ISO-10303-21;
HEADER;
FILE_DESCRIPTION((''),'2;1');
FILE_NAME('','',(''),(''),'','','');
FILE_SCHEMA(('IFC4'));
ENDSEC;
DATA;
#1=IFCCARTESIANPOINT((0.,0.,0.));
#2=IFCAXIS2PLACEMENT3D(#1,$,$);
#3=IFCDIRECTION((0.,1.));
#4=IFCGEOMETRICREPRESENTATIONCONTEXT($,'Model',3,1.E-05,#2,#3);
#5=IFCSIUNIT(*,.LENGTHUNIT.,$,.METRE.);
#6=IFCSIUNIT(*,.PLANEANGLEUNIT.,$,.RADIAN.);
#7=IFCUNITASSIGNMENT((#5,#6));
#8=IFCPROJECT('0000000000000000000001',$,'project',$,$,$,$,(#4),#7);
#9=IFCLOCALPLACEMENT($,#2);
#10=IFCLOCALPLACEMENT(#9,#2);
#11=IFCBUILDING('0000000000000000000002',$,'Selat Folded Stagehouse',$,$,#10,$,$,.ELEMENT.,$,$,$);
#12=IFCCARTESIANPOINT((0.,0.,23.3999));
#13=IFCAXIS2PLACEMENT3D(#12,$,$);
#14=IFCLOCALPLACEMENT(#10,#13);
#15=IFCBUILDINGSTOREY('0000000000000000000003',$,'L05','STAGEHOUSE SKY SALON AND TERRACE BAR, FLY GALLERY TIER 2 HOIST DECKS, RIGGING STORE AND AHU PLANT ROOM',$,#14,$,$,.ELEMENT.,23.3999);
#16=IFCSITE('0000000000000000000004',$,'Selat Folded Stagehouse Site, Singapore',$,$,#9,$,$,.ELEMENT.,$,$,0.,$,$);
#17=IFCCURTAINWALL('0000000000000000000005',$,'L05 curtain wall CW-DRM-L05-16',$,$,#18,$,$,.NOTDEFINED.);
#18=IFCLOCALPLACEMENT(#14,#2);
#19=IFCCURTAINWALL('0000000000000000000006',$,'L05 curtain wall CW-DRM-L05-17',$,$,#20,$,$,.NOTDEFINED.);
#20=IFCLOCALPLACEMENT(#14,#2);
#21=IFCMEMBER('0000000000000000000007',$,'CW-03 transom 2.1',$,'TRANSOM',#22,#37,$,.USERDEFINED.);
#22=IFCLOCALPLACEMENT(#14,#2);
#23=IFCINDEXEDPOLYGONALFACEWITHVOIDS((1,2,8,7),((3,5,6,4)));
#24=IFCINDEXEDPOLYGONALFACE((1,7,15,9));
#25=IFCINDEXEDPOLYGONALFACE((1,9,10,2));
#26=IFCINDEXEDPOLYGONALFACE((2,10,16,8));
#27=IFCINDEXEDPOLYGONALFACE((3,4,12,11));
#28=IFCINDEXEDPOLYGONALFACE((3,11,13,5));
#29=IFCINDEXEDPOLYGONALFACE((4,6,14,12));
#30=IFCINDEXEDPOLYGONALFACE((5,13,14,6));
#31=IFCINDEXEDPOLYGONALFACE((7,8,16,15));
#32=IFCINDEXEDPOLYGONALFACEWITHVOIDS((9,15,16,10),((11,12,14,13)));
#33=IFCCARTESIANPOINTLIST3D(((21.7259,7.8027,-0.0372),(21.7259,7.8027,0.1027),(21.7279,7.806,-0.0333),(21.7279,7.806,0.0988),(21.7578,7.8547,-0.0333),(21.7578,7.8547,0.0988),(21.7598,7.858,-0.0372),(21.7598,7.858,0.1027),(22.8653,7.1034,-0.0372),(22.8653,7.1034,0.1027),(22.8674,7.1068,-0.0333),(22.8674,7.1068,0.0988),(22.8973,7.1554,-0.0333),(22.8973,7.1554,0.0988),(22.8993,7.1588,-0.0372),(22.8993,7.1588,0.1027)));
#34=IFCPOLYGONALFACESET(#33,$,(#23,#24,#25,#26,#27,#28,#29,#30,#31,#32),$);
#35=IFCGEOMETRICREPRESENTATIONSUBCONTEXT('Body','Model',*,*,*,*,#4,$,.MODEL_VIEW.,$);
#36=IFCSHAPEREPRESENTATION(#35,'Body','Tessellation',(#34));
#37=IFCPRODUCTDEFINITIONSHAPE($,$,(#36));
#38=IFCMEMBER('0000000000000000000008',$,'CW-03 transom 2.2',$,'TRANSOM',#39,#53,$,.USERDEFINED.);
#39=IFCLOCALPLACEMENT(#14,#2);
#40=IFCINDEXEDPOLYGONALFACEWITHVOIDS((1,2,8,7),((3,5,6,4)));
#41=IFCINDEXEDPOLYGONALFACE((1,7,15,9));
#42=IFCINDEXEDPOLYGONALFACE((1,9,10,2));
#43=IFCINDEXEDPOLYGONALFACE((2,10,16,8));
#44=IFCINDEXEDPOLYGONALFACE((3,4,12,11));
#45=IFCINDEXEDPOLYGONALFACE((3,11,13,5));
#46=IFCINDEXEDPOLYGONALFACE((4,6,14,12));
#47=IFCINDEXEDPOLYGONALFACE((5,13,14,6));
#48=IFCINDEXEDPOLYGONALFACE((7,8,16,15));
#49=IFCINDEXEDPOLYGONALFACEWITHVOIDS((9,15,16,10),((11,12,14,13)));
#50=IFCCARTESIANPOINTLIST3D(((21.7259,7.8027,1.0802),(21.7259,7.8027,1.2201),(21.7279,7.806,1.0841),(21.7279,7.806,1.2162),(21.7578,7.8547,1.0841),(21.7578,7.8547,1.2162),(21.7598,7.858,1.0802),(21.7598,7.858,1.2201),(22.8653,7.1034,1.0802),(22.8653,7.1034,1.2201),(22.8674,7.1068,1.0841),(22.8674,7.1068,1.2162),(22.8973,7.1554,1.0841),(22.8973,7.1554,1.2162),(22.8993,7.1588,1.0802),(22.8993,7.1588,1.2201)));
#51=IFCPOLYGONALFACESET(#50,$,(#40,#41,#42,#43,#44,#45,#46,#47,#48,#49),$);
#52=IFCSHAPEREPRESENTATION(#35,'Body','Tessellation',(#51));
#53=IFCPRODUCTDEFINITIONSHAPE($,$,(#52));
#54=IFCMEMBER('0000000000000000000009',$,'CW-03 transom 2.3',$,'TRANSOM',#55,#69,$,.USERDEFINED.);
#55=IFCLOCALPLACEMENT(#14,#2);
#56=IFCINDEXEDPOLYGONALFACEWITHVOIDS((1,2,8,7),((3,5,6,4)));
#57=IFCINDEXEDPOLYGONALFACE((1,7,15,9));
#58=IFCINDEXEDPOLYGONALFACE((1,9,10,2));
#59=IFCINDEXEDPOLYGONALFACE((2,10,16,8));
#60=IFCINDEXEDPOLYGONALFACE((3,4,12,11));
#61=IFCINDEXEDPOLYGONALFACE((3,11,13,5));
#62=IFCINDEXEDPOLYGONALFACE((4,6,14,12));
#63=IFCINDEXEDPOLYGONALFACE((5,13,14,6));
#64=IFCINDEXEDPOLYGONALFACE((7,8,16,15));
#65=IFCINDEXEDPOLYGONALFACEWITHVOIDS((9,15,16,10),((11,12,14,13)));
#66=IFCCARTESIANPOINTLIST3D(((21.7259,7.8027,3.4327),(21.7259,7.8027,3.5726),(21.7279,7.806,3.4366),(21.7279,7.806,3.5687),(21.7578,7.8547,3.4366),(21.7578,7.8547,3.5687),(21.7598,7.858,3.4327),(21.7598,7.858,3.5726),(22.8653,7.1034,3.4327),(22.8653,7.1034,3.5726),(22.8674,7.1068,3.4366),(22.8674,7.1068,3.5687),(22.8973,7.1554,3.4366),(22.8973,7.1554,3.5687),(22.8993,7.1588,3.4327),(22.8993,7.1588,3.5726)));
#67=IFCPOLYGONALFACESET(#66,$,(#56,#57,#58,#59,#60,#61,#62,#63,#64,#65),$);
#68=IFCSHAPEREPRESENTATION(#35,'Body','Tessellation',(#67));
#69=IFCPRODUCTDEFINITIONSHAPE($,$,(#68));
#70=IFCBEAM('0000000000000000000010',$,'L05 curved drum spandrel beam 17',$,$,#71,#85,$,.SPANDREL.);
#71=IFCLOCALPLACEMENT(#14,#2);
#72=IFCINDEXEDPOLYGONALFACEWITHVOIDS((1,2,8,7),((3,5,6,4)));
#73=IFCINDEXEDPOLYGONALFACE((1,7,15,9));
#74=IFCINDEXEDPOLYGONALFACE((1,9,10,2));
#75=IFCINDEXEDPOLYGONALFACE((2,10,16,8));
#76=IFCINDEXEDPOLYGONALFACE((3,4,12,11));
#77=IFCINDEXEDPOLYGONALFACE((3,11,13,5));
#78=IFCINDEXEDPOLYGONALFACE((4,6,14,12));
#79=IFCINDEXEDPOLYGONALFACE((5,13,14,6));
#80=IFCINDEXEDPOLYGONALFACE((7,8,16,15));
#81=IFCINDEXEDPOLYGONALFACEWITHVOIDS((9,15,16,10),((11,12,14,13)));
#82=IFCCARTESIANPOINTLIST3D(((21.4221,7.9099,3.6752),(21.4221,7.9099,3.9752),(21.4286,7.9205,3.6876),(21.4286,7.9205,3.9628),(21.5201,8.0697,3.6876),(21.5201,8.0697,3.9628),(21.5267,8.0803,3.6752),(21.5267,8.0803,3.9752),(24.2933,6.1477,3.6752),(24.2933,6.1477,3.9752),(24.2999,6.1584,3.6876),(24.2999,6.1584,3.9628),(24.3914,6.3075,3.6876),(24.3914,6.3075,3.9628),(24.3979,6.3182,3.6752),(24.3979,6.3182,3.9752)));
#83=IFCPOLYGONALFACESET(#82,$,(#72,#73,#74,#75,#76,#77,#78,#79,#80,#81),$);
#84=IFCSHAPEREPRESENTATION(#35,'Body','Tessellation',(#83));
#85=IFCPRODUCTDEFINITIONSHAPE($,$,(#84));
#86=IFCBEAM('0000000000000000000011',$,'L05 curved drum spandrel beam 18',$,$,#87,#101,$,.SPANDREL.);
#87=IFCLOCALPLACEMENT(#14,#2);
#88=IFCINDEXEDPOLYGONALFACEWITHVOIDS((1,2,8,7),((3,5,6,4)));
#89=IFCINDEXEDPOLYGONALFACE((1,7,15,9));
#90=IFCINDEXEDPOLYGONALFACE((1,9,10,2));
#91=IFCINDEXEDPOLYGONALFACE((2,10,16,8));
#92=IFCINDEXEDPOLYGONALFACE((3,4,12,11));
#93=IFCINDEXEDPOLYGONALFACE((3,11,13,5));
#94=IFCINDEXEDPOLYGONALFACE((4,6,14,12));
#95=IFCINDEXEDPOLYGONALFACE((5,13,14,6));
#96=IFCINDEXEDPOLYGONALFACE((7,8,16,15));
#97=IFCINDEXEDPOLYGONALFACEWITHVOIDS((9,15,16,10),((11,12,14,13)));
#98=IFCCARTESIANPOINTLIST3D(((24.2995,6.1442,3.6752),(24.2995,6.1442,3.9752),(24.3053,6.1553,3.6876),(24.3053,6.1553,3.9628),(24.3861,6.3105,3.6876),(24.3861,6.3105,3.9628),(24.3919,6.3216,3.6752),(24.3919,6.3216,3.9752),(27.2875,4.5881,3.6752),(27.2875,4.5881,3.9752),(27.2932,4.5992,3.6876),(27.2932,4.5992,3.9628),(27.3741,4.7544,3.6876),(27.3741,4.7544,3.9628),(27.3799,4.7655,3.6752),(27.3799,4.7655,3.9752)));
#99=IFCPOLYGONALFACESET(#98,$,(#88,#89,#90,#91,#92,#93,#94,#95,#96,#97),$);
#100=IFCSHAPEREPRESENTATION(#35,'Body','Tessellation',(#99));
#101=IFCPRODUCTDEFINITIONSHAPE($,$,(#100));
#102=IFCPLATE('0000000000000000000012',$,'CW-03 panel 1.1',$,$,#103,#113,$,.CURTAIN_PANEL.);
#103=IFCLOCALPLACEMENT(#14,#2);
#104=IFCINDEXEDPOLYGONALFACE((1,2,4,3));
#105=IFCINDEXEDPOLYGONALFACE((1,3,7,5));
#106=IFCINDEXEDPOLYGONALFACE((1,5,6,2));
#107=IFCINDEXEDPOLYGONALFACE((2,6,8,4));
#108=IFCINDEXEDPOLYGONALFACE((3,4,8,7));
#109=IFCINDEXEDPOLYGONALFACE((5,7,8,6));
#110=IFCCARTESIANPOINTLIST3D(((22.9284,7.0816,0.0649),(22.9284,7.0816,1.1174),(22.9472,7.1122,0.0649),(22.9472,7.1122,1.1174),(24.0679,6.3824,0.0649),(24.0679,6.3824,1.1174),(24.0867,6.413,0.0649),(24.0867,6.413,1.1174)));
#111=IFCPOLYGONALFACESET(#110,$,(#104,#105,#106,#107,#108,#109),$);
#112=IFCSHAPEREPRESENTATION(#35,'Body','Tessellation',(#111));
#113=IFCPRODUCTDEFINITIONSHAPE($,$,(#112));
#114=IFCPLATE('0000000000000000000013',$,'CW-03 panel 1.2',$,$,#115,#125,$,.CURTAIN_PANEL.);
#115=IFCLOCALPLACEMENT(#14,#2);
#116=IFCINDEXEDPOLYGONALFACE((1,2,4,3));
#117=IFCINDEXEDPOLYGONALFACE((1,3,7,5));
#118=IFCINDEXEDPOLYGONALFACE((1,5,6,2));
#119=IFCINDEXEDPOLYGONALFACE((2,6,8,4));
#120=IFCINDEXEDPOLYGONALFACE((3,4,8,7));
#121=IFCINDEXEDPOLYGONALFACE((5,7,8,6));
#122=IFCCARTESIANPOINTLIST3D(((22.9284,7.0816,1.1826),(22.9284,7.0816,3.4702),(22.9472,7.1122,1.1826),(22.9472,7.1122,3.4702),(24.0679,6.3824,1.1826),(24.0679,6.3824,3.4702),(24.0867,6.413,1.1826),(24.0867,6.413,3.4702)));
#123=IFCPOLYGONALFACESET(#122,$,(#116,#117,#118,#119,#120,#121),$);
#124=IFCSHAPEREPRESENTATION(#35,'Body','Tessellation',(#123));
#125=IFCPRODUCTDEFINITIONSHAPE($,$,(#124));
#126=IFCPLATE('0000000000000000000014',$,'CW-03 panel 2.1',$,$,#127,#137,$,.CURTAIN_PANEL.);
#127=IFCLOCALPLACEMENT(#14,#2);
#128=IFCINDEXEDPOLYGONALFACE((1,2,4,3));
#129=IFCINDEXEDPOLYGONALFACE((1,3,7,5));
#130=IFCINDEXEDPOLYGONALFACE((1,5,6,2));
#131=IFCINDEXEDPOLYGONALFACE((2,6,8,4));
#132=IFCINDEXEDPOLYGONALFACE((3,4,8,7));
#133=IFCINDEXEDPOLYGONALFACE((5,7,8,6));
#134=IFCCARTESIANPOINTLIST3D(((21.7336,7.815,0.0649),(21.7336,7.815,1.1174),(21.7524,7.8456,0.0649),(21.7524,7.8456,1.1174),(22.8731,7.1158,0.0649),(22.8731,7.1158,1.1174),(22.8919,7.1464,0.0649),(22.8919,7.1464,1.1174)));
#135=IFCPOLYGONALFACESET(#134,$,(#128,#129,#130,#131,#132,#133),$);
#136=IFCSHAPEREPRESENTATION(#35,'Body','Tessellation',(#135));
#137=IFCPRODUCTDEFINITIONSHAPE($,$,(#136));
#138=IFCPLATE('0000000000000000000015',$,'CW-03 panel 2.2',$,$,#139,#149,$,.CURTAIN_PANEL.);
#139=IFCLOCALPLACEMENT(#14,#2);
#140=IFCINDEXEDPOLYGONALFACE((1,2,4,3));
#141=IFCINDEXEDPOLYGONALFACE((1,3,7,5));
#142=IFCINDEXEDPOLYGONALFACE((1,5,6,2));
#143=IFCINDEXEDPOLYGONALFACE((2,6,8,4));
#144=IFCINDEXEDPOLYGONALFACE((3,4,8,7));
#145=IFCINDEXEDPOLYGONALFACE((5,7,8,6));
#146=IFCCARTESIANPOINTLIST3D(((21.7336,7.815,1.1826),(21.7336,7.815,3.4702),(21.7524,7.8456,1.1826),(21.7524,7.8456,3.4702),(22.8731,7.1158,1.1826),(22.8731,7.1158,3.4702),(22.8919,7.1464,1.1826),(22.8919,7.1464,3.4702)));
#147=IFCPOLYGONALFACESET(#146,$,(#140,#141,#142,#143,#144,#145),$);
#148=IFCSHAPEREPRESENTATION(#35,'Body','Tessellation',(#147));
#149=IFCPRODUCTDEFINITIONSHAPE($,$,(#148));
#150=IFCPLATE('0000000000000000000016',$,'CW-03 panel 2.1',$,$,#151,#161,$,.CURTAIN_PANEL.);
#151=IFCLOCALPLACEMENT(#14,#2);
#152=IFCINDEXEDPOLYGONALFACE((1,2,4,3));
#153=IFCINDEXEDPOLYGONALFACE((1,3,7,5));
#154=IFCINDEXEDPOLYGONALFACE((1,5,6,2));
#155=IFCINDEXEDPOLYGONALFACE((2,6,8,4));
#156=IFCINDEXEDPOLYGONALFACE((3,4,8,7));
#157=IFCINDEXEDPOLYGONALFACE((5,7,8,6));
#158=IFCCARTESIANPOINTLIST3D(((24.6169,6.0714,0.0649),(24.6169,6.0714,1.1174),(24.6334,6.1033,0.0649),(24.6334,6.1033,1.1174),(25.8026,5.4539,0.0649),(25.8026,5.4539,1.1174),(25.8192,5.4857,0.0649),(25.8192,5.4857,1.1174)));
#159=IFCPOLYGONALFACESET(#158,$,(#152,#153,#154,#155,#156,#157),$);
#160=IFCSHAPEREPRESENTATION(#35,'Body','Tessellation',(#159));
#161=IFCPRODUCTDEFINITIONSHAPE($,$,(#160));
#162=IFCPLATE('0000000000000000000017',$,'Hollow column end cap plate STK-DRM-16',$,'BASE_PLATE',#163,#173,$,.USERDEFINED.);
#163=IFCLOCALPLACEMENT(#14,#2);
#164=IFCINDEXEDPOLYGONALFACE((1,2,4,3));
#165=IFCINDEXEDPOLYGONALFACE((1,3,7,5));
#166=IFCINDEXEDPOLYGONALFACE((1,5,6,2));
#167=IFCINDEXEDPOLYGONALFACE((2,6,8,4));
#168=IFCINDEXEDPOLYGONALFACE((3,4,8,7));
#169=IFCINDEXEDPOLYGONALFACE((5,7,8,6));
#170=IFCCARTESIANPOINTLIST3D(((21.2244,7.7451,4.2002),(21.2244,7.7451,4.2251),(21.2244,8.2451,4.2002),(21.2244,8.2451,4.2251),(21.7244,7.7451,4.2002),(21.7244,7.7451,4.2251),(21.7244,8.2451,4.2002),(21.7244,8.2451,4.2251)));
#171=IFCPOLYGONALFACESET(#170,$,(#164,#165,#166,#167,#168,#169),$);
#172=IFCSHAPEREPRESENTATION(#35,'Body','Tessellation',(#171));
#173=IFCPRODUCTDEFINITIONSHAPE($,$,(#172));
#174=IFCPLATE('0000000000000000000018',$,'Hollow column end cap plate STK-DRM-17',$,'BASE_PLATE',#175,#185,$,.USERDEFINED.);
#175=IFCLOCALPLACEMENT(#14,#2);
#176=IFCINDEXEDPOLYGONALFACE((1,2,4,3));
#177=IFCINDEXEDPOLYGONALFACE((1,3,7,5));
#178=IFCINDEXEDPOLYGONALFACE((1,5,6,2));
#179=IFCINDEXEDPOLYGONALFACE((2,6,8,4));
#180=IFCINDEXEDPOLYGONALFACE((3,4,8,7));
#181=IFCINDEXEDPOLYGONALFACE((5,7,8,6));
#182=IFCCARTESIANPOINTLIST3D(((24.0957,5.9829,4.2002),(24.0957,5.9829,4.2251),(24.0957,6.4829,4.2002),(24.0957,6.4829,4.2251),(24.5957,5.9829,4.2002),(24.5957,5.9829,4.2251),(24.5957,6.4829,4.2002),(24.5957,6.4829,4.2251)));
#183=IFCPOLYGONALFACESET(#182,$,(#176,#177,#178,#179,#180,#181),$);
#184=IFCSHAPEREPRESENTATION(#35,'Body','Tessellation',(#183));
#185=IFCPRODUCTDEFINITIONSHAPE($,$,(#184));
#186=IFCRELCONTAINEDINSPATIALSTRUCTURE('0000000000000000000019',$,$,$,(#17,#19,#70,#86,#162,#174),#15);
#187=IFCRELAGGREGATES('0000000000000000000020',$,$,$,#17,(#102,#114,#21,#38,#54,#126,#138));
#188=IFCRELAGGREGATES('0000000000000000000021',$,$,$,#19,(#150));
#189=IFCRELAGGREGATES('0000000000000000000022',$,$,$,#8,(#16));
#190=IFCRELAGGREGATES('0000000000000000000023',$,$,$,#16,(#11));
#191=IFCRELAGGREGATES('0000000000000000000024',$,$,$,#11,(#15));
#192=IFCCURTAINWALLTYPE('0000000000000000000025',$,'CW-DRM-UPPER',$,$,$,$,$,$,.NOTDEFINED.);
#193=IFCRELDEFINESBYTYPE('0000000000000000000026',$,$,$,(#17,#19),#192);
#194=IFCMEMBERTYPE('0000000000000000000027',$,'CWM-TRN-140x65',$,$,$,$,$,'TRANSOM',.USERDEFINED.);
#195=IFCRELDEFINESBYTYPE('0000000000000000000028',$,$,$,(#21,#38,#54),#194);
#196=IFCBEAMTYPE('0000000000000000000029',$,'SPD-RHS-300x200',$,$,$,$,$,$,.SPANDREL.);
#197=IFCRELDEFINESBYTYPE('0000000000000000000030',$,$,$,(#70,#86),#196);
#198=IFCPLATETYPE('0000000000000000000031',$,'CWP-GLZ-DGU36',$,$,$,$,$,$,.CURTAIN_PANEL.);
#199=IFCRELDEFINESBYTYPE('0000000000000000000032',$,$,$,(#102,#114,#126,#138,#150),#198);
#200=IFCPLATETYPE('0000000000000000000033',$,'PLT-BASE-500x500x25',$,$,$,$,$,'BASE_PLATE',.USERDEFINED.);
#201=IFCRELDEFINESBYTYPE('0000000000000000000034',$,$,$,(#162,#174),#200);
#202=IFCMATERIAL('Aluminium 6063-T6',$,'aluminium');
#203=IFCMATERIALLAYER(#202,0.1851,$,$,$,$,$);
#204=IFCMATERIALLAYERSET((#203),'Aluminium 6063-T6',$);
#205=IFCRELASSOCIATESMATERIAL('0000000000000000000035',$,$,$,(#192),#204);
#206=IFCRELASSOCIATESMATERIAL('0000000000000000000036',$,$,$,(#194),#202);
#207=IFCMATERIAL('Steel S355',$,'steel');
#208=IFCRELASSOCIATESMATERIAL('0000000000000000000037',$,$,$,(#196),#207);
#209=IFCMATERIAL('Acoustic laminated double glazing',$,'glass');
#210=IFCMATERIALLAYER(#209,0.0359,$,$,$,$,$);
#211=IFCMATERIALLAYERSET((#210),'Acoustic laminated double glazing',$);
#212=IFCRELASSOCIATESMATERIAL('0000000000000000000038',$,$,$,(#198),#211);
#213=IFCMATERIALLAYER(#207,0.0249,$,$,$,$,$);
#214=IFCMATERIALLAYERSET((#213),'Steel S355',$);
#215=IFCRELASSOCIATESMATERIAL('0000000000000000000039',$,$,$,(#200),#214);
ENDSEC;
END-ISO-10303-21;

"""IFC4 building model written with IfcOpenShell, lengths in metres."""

from ifc_helpers import new_model, si_unit, direction, frame, origin, origin_2d, place, context, subcontext, project, spatial, rectangle, hollow_rectangle, extrude, material, layer, layer_set, material_profile, profile_set, type_object, element, aggregate, save


model = new_model("IFC4")

# Units and contexts
model_context = context("Model", 3, precision=1e-05, world=origin(), true_north=direction((0.0, 1.0)))
body_context = subcontext(model_context, "Body", "Model", "MODEL_VIEW")
ifc_project = project(units=[si_unit("LENGTHUNIT", "METRE"), si_unit("PLANEANGLEUNIT", "RADIAN")], contexts=[model_context])

# Site, building, storey
site_placement = place(None, origin())
site = spatial("IfcSite", under=ifc_project, at=site_placement, Name="Selat Folded Stagehouse Site, Singapore", CompositionType="ELEMENT", RefElevation=0.0)
building_placement = place(site_placement, origin())
building = spatial("IfcBuilding", under=site, at=building_placement, Name="Selat Folded Stagehouse", CompositionType="ELEMENT")
storey_placement = place(building_placement, frame((0.0, 0.0, 23.3999)))
storey = spatial("IfcBuildingStorey", under=building, at=storey_placement, Name="L05", Description="STAGEHOUSE SKY SALON AND TERRACE BAR, FLY GALLERY TIER 2 HOIST DECKS, RIGGING STORE AND AHU PLANT ROOM", CompositionType="ELEMENT", Elevation=23.3999)

# Shared definitions
ifc_material_1 = material(Name="Steel S355", Category="steel")

# Curtain wall
ifc_material_2 = material(Name="Aluminium 6063-T6", Category="aluminium")
ifc_layer_1 = layer(ifc_material_2, 0.1851)
ifc_layer_set_1 = layer_set([ifc_layer_1], Name="Aluminium 6063-T6")
curtain_wall_type = type_object("IfcCurtainWallType", Name="CW-DRM-UPPER", PredefinedType="NOTDEFINED", material=ifc_layer_set_1)
curtain_wall_1_placement = place(storey_placement, origin())
curtain_wall_1 = element("IfcCurtainWall", 1, at=curtain_wall_1_placement, inside=storey, type_object=curtain_wall_type, Name="L05 curtain wall CW-DRM-L05-16", PredefinedType="NOTDEFINED")

# Curtain wall
curtain_wall_2_placement = place(storey_placement, origin())
curtain_wall_2 = element("IfcCurtainWall", 2, at=curtain_wall_2_placement, inside=storey, type_object=curtain_wall_type, Name="L05 curtain wall CW-DRM-L05-17", PredefinedType="NOTDEFINED")

# Members
ifc_material_profile_1 = material_profile(ifc_material_2, hollow_rectangle(XDim=0.0649, YDim=0.1399, WallThickness=0.0039, at=origin_2d()), Name="ALU 140x65x4.0")
ifc_profile_set_1 = profile_set([ifc_material_profile_1], Name="Aluminium 6063-T6")
member_type_1 = type_object("IfcMemberType", Name="CWM-TRN-140x65", ElementType="TRANSOM", PredefinedType="USERDEFINED", material=ifc_profile_set_1)
member_1_placement = place(storey_placement, frame((22.8823, 7.1311, 0.0327), z_axis=(-0.85231, 0.523037, 0.0), x_axis=(-0.523037, -0.85231, 0.0)))
member_1 = element("IfcMember", 3, at=member_1_placement, type_object=member_type_1, Name="CW-03 transom 2.1", ObjectType="TRANSOM", PredefinedType="USERDEFINED", context=body_context, shape_type="SweptSolid", body=[
    extrude(hollow_rectangle(XDim=0.0649, YDim=0.1399, WallThickness=0.0039, at=origin_2d()), origin(), (0.0, 0.0, 1.0), 1.3369),
])
member_2_placement = place(storey_placement, frame((22.8823, 7.1311, 1.1501), z_axis=(-0.85231, 0.523037, 0.0), x_axis=(-0.523037, -0.85231, 0.0)))
member_2 = element("IfcMember", 4, at=member_2_placement, type_object=member_type_1, Name="CW-03 transom 2.2", ObjectType="TRANSOM", PredefinedType="USERDEFINED", context=body_context, shape_type="SweptSolid", body=[
    extrude(hollow_rectangle(XDim=0.0649, YDim=0.1399, WallThickness=0.0039, at=origin_2d()), origin(), (0.0, 0.0, 1.0), 1.3369),
])
member_3_placement = place(storey_placement, frame((22.8823, 7.1311, 3.5027), z_axis=(-0.85231, 0.523037, 0.0), x_axis=(-0.523037, -0.85231, 0.0)))
member_3 = element("IfcMember", 5, at=member_3_placement, type_object=member_type_1, Name="CW-03 transom 2.3", ObjectType="TRANSOM", PredefinedType="USERDEFINED", context=body_context, shape_type="SweptSolid", body=[
    extrude(hollow_rectangle(XDim=0.0649, YDim=0.1399, WallThickness=0.0039, at=origin_2d()), origin(), (0.0, 0.0, 1.0), 1.3369),
])

# Beams
ifc_material_profile_2 = material_profile(ifc_material_1, hollow_rectangle(XDim=0.2, YDim=0.3, WallThickness=0.0125, at=origin_2d()), Name="RHS 300x200x12.5")
ifc_profile_set_2 = profile_set([ifc_material_profile_2], Name="Steel S355")
beam_type = type_object("IfcBeamType", Name="SPD-RHS-300x200", PredefinedType="SPANDREL", material=ifc_profile_set_2)
for number, where, z_axis, x_axis, name in (
    (6, (21.4744, 7.9951, 3.8252), (0.85229, -0.52307, 0.0), (0.52307, 0.85229, 0.0), "L05 curved drum spandrel beam 17"),
    (7, (24.3457, 6.2329, 3.8252), (0.886928, -0.461907, 0.0), (0.461907, 0.886928, 0.0), "L05 curved drum spandrel beam 18"),
):
    element("IfcBeam", number, at=place(storey_placement, frame(where, z_axis=z_axis, x_axis=x_axis)), inside=storey, type_object=beam_type, Name=name, PredefinedType="SPANDREL", context=body_context, shape_type="SweptSolid", body=[
        extrude(hollow_rectangle(XDim=0.2, YDim=0.3, WallThickness=0.0125, at=origin_2d()), origin(), (0.0, 0.0, 1.0), 3.3689),
    ])

# Plates
ifc_material_3 = material(Name="Acoustic laminated double glazing", Category="glass")
ifc_layer_2 = layer(ifc_material_3, 0.0359)
ifc_layer_set_2 = layer_set([ifc_layer_2], Name="Acoustic laminated double glazing")
plate_type_1 = type_object("IfcPlateType", Name="CWP-GLZ-DGU36", PredefinedType="CURTAIN_PANEL", material=ifc_layer_set_2)
plate_1_placement = place(storey_placement, frame((23.5076, 6.7473, 0.0649), z_axis=(0.0, 0.0, 1.0), x_axis=(-0.852317, 0.523025, 0.0)))
plate_1 = element("IfcPlate", 8, at=plate_1_placement, type_object=plate_type_1, Name="CW-03 panel 1.1", PredefinedType="CURTAIN_PANEL", context=body_context, shape_type="SweptSolid", body=[
    extrude(rectangle(XDim=1.3369, YDim=0.0359, at=origin_2d()), origin(), (0.0, 0.0, 1.0), 1.0525),
])
plate_2_placement = place(storey_placement, frame((23.5076, 6.7473, 1.1826), z_axis=(0.0, 0.0, 1.0), x_axis=(-0.852317, 0.523025, 0.0)))
plate_2 = element("IfcPlate", 9, at=plate_2_placement, type_object=plate_type_1, Name="CW-03 panel 1.2", PredefinedType="CURTAIN_PANEL", context=body_context, shape_type="SweptSolid", body=[
    extrude(rectangle(XDim=1.3369, YDim=0.0359, at=origin_2d()), origin(), (0.0, 0.0, 1.0), 2.2876),
])
plate_3_placement = place(storey_placement, frame((22.3127, 7.4807, 0.0649), z_axis=(0.0, 0.0, 1.0), x_axis=(-0.852317, 0.523025, 0.0)))
plate_3 = element("IfcPlate", 10, at=plate_3_placement, type_object=plate_type_1, Name="CW-03 panel 2.1", PredefinedType="CURTAIN_PANEL", context=body_context, shape_type="SweptSolid", body=[
    extrude(rectangle(XDim=1.3369, YDim=0.0359, at=origin_2d()), origin(), (0.0, 0.0, 1.0), 1.0525),
])
plate_4_placement = place(storey_placement, frame((22.3127, 7.4807, 1.1826), z_axis=(0.0, 0.0, 1.0), x_axis=(-0.852317, 0.523025, 0.0)))
plate_4 = element("IfcPlate", 11, at=plate_4_placement, type_object=plate_type_1, Name="CW-03 panel 2.2", PredefinedType="CURTAIN_PANEL", context=body_context, shape_type="SweptSolid", body=[
    extrude(rectangle(XDim=1.3369, YDim=0.0359, at=origin_2d()), origin(), (0.0, 0.0, 1.0), 2.2876),
])
aggregate(curtain_wall_1, [plate_1, plate_2, member_1, member_2, member_3, plate_3, plate_4])
plate_5_placement = place(storey_placement, frame((25.218, 5.7786, 0.0649), z_axis=(0.0, 0.0, 1.0), x_axis=(-0.886916, 0.461931, 0.0)))
plate_5 = element("IfcPlate", 12, at=plate_5_placement, type_object=plate_type_1, Name="CW-03 panel 2.1", PredefinedType="CURTAIN_PANEL", context=body_context, shape_type="SweptSolid", body=[
    extrude(rectangle(XDim=1.3369, YDim=0.0359, at=origin_2d()), origin(), (0.0, 0.0, 1.0), 1.0525),
])
aggregate(curtain_wall_2, [plate_5])

# Plates
ifc_layer_3 = layer(ifc_material_1, 0.0249)
ifc_layer_set_3 = layer_set([ifc_layer_3], Name="Steel S355")
plate_type_2 = type_object("IfcPlateType", Name="PLT-BASE-500x500x25", ElementType="BASE_PLATE", PredefinedType="USERDEFINED", material=ifc_layer_set_3)
for number, where, z_axis, x_axis, name in (
    (13, (21.4744, 7.9951, 4.2002), (0.0, 0.0, 1.0), (1.0, 0.0, 0.0), "Hollow column end cap plate STK-DRM-16"),
    (14, (24.3457, 6.2329, 4.2002), (0.0, 0.0, 1.0), (1.0, 0.0, 0.0), "Hollow column end cap plate STK-DRM-17"),
):
    element("IfcPlate", number, at=place(storey_placement, frame(where, z_axis=z_axis, x_axis=x_axis)), inside=storey, type_object=plate_type_2, Name=name, ObjectType="BASE_PLATE", PredefinedType="USERDEFINED", context=body_context, shape_type="SweptSolid", body=[
        extrude(rectangle(XDim=0.5, YDim=0.5, at=origin_2d()), origin(), (0.0, 0.0, 1.0), 0.0249),
    ])

save(model, "model.ifc")
